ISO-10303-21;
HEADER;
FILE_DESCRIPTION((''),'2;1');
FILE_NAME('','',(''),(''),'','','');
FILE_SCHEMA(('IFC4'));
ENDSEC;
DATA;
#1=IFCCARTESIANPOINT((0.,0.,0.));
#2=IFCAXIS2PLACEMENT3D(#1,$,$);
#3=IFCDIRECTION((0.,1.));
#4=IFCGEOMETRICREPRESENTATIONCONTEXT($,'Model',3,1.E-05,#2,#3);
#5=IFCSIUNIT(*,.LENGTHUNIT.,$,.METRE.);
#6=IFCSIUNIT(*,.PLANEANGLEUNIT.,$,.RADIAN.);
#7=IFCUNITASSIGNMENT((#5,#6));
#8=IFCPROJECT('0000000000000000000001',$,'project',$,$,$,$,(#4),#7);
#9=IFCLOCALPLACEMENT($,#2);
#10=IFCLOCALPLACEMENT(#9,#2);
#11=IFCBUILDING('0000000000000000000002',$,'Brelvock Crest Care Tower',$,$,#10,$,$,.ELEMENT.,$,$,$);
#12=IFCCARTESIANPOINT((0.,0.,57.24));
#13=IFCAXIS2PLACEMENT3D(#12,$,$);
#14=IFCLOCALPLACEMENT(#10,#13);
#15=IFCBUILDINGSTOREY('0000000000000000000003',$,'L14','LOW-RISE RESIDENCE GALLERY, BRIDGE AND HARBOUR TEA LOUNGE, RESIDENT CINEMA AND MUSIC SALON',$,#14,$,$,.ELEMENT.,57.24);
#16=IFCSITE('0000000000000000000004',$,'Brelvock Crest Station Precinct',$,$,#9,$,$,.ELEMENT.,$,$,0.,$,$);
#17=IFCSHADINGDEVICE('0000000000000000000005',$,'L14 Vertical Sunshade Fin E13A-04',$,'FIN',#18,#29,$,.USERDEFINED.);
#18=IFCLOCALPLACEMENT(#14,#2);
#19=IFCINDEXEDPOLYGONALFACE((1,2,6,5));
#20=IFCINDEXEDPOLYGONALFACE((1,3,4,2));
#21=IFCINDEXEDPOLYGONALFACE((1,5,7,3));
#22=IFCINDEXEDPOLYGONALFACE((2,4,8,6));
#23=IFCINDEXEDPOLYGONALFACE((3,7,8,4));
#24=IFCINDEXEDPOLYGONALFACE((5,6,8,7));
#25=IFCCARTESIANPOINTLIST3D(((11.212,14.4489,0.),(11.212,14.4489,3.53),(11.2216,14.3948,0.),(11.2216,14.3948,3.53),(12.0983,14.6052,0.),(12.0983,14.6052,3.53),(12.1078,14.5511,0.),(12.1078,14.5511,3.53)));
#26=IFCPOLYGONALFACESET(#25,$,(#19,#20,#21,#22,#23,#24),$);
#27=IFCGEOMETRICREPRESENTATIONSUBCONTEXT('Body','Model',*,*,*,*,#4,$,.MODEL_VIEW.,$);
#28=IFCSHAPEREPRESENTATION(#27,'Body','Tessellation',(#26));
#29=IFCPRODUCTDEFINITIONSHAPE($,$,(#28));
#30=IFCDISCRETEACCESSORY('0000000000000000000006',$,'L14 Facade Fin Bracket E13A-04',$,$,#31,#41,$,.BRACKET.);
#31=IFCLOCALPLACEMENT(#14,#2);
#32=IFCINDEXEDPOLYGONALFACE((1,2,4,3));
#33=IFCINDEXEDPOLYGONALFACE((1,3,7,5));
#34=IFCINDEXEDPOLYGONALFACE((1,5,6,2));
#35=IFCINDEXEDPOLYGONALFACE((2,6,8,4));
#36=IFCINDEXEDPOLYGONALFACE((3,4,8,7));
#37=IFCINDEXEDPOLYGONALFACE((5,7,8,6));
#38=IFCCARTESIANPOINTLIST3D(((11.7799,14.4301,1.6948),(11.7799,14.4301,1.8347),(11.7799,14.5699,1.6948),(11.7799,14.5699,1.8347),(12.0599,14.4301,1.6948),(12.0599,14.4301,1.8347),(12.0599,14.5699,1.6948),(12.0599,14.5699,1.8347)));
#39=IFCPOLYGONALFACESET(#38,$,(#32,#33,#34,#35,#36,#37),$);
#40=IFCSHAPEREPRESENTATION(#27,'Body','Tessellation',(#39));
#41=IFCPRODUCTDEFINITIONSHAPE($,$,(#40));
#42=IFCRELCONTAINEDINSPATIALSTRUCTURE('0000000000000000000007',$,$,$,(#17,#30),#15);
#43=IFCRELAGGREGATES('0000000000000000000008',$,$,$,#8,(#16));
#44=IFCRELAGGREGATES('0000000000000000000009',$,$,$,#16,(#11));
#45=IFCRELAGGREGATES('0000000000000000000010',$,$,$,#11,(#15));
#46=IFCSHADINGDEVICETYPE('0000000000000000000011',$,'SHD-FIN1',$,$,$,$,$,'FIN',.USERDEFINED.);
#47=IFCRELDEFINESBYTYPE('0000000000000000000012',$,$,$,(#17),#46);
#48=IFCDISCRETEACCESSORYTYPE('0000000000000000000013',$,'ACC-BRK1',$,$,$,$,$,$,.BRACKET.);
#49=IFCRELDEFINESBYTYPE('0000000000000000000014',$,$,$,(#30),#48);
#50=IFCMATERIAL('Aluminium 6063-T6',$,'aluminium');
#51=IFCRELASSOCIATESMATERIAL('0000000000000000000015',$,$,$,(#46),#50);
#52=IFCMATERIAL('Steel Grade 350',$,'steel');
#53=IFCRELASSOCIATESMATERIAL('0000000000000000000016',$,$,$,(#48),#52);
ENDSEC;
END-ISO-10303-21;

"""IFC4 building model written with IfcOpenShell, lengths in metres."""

from ifc_helpers import new_model, si_unit, direction, frame, origin, origin_2d, place, context, subcontext, project, spatial, rectangle, extrude, source, transform, mapped, material, material_profile, profile_set, type_object, element, save


model = new_model("IFC4")

# Units and contexts
model_context = context("Model", 3, precision=1e-05, world=origin(), true_north=direction((0.0, 1.0)))
body_context = subcontext(model_context, "Body", "Model", "MODEL_VIEW")
ifc_project = project(units=[si_unit("LENGTHUNIT", "METRE"), si_unit("PLANEANGLEUNIT", "RADIAN")], contexts=[model_context])

# Site, building, storey
site_placement = place(None, origin())
site = spatial("IfcSite", under=ifc_project, at=site_placement, Name="Brelvock Crest Station Precinct", CompositionType="ELEMENT", RefElevation=0.0)
building_placement = place(site_placement, origin())
building = spatial("IfcBuilding", under=site, at=building_placement, Name="Brelvock Crest Care Tower", CompositionType="ELEMENT")
storey_placement = place(building_placement, frame((0.0, 0.0, 57.24)))
storey = spatial("IfcBuildingStorey", under=building, at=storey_placement, Name="L14", Description="LOW-RISE RESIDENCE GALLERY, BRIDGE AND HARBOUR TEA LOUNGE, RESIDENT CINEMA AND MUSIC SALON", CompositionType="ELEMENT", Elevation=57.24)

# Shared definitions
ifc_material_1 = material(Name="Steel Grade 350", Category="steel")

# Shared definitions
ifc_material_2 = material(Name="Aluminium 6063-T6", Category="aluminium")

# Shading device
ifc_material_profile_1 = material_profile(ifc_material_2, rectangle(XDim=0.0549, YDim=0.8999, at=origin_2d()), Name="FIN55x900")
ifc_profile_set_1 = profile_set([ifc_material_profile_1], Name="Aluminium 6063-T6")
shading_device_type = type_object("IfcShadingDeviceType", Name="SHD-FIN1", ElementType="FIN", PredefinedType="USERDEFINED", material=ifc_profile_set_1)
shared_shape_1 = source(origin(), body_context, "Body", "SweptSolid", [
    extrude(rectangle(XDim=0.0549, YDim=0.8999, at=origin_2d()), origin(), (0.0, 0.0, 1.0), 3.53),
])
shading_device_placement = place(storey_placement, frame((11.6599, 14.5, 0.0), z_axis=(0.0, 0.0, 1.0), x_axis=(-0.173648, 0.984808, 0.0)))
element("IfcShadingDevice", 1, at=shading_device_placement, inside=storey, type_object=shading_device_type, Name="L14 Vertical Sunshade Fin E13A-04", ObjectType="FIN", PredefinedType="USERDEFINED", context=body_context, shape_type="MappedRepresentation", body=[
    mapped(shared_shape_1, transform((0.0, 0.0, 0.0), x_axis=(1.0, 0.0, 0.0), y_axis=(0.0, 1.0, 0.0), z_axis=(0.0, 0.0, 1.0), scale=1.0)),
])

# Discrete accessory
discrete_accessory_type = type_object("IfcDiscreteAccessoryType", Name="ACC-BRK1", PredefinedType="BRACKET", material=ifc_material_1)
shared_shape_2 = source(origin(), body_context, "Body", "SweptSolid", [
    extrude(rectangle(XDim=0.28, YDim=0.1399, at=origin_2d()), origin(), (0.0, 0.0, 1.0), 0.1399),
])
discrete_accessory_placement = place(storey_placement, frame((11.9199, 14.5, 1.6948), z_axis=(0.0, 0.0, 1.0), x_axis=(-1.0, 0.0, 0.0)))
element("IfcDiscreteAccessory", 2, at=discrete_accessory_placement, inside=storey, type_object=discrete_accessory_type, Name="L14 Facade Fin Bracket E13A-04", PredefinedType="BRACKET", context=body_context, shape_type="MappedRepresentation", body=[
    mapped(shared_shape_2, transform((0.0, 0.0, 0.0), x_axis=(1.0, 0.0, 0.0), y_axis=(0.0, 1.0, 0.0), z_axis=(0.0, 0.0, 1.0), scale=1.0)),
])

save(model, "model.ifc")
